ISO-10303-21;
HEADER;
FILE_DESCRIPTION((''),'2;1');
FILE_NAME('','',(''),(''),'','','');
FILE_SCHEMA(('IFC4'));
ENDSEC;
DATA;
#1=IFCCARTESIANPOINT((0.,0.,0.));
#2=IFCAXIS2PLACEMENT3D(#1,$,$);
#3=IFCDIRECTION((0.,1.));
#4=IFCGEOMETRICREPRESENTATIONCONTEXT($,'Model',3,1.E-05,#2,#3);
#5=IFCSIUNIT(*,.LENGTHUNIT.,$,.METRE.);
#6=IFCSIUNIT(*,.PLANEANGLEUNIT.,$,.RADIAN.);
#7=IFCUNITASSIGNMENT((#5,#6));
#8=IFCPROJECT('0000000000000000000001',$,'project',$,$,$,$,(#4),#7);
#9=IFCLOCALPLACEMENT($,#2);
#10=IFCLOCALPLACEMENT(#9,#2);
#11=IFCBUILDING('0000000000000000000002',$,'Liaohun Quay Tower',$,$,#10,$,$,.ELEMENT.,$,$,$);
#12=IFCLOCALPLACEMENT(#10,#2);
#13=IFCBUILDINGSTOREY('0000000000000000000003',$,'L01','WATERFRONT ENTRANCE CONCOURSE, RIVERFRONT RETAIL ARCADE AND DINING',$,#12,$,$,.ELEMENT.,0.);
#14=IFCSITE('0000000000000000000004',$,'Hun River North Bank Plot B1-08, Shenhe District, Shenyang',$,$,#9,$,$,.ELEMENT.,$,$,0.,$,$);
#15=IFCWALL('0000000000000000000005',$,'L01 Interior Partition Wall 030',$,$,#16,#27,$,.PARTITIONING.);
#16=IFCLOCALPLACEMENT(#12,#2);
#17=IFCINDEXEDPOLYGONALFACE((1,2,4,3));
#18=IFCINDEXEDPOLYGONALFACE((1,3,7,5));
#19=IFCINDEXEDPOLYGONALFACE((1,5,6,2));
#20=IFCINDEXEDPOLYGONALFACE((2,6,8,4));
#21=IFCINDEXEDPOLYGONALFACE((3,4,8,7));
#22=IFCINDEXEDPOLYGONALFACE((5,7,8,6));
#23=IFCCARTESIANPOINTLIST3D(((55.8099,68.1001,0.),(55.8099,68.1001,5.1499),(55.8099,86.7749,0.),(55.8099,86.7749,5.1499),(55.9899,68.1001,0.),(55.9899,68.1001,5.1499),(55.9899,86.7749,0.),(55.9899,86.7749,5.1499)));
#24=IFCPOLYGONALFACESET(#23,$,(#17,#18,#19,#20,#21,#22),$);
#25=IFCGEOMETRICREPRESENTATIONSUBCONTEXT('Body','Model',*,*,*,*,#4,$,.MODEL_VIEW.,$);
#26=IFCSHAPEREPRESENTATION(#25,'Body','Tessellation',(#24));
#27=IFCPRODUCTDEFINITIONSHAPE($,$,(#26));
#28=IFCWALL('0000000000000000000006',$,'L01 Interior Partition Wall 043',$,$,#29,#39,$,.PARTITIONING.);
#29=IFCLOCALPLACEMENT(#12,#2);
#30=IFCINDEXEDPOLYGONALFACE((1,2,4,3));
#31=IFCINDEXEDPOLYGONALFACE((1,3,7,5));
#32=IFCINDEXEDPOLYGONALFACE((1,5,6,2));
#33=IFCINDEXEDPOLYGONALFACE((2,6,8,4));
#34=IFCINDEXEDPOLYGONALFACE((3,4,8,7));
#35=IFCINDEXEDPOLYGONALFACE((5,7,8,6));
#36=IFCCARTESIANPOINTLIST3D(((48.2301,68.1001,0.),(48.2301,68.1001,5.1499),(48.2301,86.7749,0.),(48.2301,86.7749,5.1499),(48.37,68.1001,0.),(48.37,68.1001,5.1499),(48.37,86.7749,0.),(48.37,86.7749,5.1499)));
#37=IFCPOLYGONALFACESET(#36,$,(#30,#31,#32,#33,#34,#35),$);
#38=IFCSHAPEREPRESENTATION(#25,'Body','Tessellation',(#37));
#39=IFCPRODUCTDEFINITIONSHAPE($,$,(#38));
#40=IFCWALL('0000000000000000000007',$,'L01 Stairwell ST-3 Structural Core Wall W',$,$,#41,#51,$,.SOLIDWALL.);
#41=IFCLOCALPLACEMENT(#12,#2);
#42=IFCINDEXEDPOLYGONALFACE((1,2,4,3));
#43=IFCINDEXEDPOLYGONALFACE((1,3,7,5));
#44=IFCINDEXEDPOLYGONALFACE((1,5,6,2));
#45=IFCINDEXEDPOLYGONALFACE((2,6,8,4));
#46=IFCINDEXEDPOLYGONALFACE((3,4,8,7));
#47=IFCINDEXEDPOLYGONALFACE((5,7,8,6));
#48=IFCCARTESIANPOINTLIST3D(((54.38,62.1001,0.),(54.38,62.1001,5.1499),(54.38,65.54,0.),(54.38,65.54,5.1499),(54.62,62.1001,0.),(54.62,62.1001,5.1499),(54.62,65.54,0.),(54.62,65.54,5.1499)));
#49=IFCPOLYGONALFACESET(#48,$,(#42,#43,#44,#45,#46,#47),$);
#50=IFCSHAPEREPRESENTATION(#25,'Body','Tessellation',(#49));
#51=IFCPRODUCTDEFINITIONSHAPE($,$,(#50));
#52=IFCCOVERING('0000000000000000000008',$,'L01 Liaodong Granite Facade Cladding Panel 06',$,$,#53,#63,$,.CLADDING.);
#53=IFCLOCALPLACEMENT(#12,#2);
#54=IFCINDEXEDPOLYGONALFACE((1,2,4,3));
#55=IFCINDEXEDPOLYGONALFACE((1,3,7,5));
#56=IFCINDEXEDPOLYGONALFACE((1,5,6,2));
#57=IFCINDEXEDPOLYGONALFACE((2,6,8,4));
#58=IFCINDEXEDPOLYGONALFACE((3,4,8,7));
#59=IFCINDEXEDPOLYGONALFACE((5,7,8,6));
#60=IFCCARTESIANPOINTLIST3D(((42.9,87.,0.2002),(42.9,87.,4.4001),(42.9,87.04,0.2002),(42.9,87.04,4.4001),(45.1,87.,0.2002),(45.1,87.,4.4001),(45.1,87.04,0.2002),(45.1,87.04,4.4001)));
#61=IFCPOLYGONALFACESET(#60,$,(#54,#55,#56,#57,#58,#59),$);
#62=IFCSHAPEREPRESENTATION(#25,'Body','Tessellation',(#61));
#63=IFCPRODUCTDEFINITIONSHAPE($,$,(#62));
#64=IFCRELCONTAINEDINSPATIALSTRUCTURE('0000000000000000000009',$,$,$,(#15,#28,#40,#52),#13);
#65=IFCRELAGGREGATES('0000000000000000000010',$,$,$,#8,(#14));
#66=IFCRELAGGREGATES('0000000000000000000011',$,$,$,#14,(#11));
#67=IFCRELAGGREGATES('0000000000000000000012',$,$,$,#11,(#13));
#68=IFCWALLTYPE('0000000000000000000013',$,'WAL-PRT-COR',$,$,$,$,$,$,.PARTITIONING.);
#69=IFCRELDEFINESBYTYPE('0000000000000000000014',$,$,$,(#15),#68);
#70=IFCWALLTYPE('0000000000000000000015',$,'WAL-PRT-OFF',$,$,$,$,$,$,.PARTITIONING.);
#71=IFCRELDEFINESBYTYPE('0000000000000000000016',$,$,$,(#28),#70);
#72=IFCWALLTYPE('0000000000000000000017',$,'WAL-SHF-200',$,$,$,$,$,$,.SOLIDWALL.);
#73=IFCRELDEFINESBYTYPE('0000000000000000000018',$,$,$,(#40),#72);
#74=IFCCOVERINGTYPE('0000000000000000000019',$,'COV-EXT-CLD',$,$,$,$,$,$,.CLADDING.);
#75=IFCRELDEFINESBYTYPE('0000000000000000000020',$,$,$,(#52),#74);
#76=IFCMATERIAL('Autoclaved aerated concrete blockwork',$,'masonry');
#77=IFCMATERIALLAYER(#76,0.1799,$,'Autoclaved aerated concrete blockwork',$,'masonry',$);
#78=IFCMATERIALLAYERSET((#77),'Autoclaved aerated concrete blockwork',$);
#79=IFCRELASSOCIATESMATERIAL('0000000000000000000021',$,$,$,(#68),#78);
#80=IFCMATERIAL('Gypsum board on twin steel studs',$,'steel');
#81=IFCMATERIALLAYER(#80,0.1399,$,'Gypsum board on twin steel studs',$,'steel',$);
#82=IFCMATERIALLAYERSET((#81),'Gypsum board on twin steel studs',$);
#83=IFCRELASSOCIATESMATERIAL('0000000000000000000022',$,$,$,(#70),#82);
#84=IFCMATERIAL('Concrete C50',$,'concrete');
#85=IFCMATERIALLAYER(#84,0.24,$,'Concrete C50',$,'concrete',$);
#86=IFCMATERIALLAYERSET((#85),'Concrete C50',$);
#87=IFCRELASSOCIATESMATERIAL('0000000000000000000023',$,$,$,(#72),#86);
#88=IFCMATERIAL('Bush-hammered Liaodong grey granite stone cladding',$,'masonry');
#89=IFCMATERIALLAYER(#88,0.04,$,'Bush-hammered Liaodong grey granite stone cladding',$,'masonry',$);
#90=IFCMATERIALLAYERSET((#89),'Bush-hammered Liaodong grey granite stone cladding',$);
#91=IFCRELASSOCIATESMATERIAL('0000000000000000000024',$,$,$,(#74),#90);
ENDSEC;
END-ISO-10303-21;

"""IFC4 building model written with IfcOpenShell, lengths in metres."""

from ifc_helpers import new_model, si_unit, direction, frame, frame_2d, origin, origin_2d, place, context, subcontext, project, spatial, rectangle, extrude, source, transform, mapped, material, layer, layer_set, type_object, element, save


model = new_model("IFC4")

# Units and contexts
model_context = context("Model", 3, precision=1e-05, world=origin(), true_north=direction((0.0, 1.0)))
body_context = subcontext(model_context, "Body", "Model", "MODEL_VIEW")
ifc_project = project(units=[si_unit("LENGTHUNIT", "METRE"), si_unit("PLANEANGLEUNIT", "RADIAN")], contexts=[model_context])

# Site, building, storey
site_placement = place(None, origin())
site = spatial("IfcSite", under=ifc_project, at=site_placement, Name="Hun River North Bank Plot B1-08, Shenhe District, Shenyang", CompositionType="ELEMENT", RefElevation=0.0)
building_placement = place(site_placement, origin())
building = spatial("IfcBuilding", under=site, at=building_placement, Name="Liaohun Quay Tower", CompositionType="ELEMENT")
storey_placement = place(building_placement, origin())
storey = spatial("IfcBuildingStorey", under=building, at=storey_placement, Name="L01", Description="WATERFRONT ENTRANCE CONCOURSE, RIVERFRONT RETAIL ARCADE AND DINING", CompositionType="ELEMENT", Elevation=0.0)

# Shared definitions
ifc_material_1 = material(Name="Autoclaved aerated concrete blockwork", Category="masonry")
ifc_layer_1 = layer(ifc_material_1, 0.1799, Name="Autoclaved aerated concrete blockwork", Category="masonry")
ifc_layer_set_1 = layer_set([ifc_layer_1], Name="Autoclaved aerated concrete blockwork")
wall_type_1 = type_object("IfcWallType", Name="WAL-PRT-COR", PredefinedType="PARTITIONING", material=ifc_layer_set_1)

# Walls
for number, where, z_axis, x_axis, name in (
    (1, (55.8999, 68.1001, 0.0), (0.0, 0.0, 1.0), (0.0, 1.0, 0.0), "L01 Interior Partition Wall 030"),
):
    element("IfcWall", number, at=place(storey_placement, frame(where, z_axis=z_axis, x_axis=x_axis)), inside=storey, type_object=wall_type_1, Name=name, PredefinedType="PARTITIONING", context=body_context, shape_type="SweptSolid", body=[
        extrude(rectangle(XDim=18.6748, YDim=0.1799, at=frame_2d((9.3374, 0.0))), origin(), (0.0, 0.0, 1.0), 5.1499),
    ])
ifc_material_2 = material(Name="Gypsum board on twin steel studs", Category="steel")
ifc_layer_2 = layer(ifc_material_2, 0.1399, Name="Gypsum board on twin steel studs", Category="steel")
ifc_layer_set_2 = layer_set([ifc_layer_2], Name="Gypsum board on twin steel studs")
wall_type_2 = type_object("IfcWallType", Name="WAL-PRT-OFF", PredefinedType="PARTITIONING", material=ifc_layer_set_2)
wall_1_placement = place(storey_placement, frame((48.3, 68.1001, 0.0), z_axis=(0.0, 0.0, 1.0), x_axis=(0.0, 1.0, 0.0)))
element("IfcWall", 2, at=wall_1_placement, inside=storey, type_object=wall_type_2, Name="L01 Interior Partition Wall 043", PredefinedType="PARTITIONING", context=body_context, shape_type="SweptSolid", body=[
    extrude(rectangle(XDim=18.6748, YDim=0.1399, at=frame_2d((9.3374, 0.0))), origin(), (0.0, 0.0, 1.0), 5.1499),
])
ifc_material_3 = material(Name="Concrete C50", Category="concrete")
ifc_layer_3 = layer(ifc_material_3, 0.24, Name="Concrete C50", Category="concrete")
ifc_layer_set_3 = layer_set([ifc_layer_3], Name="Concrete C50")
wall_type_3 = type_object("IfcWallType", Name="WAL-SHF-200", PredefinedType="SOLIDWALL", material=ifc_layer_set_3)
wall_2_placement = place(storey_placement, frame((54.5, 65.54, 0.0), z_axis=(0.0, 0.0, 1.0), x_axis=(0.0, -1.0, 0.0)))
element("IfcWall", 3, at=wall_2_placement, inside=storey, type_object=wall_type_3, Name="L01 Stairwell ST-3 Structural Core Wall W", PredefinedType="SOLIDWALL", context=body_context, shape_type="SweptSolid", body=[
    extrude(rectangle(XDim=3.4399, YDim=0.24, at=frame_2d((1.72, 0.0))), origin(), (0.0, 0.0, 1.0), 5.1499),
])

# Covering
ifc_material_4 = material(Name="Bush-hammered Liaodong grey granite stone cladding", Category="masonry")
ifc_layer_4 = layer(ifc_material_4, 0.04, Name="Bush-hammered Liaodong grey granite stone cladding", Category="masonry")
ifc_layer_set_4 = layer_set([ifc_layer_4], Name="Bush-hammered Liaodong grey granite stone cladding")
covering_type = type_object("IfcCoveringType", Name="COV-EXT-CLD", PredefinedType="CLADDING", material=ifc_layer_set_4)
shared_shape_1 = source(origin(), body_context, "Body", "SweptSolid", [
    extrude(rectangle(XDim=2.2, YDim=0.04, at=origin_2d()), origin(), (0.0, 0.0, 1.0), 4.2),
])
covering_placement = place(storey_placement, frame((44.0, 87.02, 0.2002), z_axis=(0.0, 0.0, 1.0), x_axis=(1.0, 0.0, 0.0)))
element("IfcCovering", 4, at=covering_placement, inside=storey, type_object=covering_type, Name="L01 Liaodong Granite Facade Cladding Panel 06", PredefinedType="CLADDING", context=body_context, shape_type="MappedRepresentation", body=[
    mapped(shared_shape_1, transform((0.0, 0.0, 0.0), x_axis=(1.0, 0.0, 0.0), y_axis=(0.0, 1.0, 0.0), z_axis=(0.0, 0.0, 1.0), scale=1.0)),
])

save(model, "model.ifc")
